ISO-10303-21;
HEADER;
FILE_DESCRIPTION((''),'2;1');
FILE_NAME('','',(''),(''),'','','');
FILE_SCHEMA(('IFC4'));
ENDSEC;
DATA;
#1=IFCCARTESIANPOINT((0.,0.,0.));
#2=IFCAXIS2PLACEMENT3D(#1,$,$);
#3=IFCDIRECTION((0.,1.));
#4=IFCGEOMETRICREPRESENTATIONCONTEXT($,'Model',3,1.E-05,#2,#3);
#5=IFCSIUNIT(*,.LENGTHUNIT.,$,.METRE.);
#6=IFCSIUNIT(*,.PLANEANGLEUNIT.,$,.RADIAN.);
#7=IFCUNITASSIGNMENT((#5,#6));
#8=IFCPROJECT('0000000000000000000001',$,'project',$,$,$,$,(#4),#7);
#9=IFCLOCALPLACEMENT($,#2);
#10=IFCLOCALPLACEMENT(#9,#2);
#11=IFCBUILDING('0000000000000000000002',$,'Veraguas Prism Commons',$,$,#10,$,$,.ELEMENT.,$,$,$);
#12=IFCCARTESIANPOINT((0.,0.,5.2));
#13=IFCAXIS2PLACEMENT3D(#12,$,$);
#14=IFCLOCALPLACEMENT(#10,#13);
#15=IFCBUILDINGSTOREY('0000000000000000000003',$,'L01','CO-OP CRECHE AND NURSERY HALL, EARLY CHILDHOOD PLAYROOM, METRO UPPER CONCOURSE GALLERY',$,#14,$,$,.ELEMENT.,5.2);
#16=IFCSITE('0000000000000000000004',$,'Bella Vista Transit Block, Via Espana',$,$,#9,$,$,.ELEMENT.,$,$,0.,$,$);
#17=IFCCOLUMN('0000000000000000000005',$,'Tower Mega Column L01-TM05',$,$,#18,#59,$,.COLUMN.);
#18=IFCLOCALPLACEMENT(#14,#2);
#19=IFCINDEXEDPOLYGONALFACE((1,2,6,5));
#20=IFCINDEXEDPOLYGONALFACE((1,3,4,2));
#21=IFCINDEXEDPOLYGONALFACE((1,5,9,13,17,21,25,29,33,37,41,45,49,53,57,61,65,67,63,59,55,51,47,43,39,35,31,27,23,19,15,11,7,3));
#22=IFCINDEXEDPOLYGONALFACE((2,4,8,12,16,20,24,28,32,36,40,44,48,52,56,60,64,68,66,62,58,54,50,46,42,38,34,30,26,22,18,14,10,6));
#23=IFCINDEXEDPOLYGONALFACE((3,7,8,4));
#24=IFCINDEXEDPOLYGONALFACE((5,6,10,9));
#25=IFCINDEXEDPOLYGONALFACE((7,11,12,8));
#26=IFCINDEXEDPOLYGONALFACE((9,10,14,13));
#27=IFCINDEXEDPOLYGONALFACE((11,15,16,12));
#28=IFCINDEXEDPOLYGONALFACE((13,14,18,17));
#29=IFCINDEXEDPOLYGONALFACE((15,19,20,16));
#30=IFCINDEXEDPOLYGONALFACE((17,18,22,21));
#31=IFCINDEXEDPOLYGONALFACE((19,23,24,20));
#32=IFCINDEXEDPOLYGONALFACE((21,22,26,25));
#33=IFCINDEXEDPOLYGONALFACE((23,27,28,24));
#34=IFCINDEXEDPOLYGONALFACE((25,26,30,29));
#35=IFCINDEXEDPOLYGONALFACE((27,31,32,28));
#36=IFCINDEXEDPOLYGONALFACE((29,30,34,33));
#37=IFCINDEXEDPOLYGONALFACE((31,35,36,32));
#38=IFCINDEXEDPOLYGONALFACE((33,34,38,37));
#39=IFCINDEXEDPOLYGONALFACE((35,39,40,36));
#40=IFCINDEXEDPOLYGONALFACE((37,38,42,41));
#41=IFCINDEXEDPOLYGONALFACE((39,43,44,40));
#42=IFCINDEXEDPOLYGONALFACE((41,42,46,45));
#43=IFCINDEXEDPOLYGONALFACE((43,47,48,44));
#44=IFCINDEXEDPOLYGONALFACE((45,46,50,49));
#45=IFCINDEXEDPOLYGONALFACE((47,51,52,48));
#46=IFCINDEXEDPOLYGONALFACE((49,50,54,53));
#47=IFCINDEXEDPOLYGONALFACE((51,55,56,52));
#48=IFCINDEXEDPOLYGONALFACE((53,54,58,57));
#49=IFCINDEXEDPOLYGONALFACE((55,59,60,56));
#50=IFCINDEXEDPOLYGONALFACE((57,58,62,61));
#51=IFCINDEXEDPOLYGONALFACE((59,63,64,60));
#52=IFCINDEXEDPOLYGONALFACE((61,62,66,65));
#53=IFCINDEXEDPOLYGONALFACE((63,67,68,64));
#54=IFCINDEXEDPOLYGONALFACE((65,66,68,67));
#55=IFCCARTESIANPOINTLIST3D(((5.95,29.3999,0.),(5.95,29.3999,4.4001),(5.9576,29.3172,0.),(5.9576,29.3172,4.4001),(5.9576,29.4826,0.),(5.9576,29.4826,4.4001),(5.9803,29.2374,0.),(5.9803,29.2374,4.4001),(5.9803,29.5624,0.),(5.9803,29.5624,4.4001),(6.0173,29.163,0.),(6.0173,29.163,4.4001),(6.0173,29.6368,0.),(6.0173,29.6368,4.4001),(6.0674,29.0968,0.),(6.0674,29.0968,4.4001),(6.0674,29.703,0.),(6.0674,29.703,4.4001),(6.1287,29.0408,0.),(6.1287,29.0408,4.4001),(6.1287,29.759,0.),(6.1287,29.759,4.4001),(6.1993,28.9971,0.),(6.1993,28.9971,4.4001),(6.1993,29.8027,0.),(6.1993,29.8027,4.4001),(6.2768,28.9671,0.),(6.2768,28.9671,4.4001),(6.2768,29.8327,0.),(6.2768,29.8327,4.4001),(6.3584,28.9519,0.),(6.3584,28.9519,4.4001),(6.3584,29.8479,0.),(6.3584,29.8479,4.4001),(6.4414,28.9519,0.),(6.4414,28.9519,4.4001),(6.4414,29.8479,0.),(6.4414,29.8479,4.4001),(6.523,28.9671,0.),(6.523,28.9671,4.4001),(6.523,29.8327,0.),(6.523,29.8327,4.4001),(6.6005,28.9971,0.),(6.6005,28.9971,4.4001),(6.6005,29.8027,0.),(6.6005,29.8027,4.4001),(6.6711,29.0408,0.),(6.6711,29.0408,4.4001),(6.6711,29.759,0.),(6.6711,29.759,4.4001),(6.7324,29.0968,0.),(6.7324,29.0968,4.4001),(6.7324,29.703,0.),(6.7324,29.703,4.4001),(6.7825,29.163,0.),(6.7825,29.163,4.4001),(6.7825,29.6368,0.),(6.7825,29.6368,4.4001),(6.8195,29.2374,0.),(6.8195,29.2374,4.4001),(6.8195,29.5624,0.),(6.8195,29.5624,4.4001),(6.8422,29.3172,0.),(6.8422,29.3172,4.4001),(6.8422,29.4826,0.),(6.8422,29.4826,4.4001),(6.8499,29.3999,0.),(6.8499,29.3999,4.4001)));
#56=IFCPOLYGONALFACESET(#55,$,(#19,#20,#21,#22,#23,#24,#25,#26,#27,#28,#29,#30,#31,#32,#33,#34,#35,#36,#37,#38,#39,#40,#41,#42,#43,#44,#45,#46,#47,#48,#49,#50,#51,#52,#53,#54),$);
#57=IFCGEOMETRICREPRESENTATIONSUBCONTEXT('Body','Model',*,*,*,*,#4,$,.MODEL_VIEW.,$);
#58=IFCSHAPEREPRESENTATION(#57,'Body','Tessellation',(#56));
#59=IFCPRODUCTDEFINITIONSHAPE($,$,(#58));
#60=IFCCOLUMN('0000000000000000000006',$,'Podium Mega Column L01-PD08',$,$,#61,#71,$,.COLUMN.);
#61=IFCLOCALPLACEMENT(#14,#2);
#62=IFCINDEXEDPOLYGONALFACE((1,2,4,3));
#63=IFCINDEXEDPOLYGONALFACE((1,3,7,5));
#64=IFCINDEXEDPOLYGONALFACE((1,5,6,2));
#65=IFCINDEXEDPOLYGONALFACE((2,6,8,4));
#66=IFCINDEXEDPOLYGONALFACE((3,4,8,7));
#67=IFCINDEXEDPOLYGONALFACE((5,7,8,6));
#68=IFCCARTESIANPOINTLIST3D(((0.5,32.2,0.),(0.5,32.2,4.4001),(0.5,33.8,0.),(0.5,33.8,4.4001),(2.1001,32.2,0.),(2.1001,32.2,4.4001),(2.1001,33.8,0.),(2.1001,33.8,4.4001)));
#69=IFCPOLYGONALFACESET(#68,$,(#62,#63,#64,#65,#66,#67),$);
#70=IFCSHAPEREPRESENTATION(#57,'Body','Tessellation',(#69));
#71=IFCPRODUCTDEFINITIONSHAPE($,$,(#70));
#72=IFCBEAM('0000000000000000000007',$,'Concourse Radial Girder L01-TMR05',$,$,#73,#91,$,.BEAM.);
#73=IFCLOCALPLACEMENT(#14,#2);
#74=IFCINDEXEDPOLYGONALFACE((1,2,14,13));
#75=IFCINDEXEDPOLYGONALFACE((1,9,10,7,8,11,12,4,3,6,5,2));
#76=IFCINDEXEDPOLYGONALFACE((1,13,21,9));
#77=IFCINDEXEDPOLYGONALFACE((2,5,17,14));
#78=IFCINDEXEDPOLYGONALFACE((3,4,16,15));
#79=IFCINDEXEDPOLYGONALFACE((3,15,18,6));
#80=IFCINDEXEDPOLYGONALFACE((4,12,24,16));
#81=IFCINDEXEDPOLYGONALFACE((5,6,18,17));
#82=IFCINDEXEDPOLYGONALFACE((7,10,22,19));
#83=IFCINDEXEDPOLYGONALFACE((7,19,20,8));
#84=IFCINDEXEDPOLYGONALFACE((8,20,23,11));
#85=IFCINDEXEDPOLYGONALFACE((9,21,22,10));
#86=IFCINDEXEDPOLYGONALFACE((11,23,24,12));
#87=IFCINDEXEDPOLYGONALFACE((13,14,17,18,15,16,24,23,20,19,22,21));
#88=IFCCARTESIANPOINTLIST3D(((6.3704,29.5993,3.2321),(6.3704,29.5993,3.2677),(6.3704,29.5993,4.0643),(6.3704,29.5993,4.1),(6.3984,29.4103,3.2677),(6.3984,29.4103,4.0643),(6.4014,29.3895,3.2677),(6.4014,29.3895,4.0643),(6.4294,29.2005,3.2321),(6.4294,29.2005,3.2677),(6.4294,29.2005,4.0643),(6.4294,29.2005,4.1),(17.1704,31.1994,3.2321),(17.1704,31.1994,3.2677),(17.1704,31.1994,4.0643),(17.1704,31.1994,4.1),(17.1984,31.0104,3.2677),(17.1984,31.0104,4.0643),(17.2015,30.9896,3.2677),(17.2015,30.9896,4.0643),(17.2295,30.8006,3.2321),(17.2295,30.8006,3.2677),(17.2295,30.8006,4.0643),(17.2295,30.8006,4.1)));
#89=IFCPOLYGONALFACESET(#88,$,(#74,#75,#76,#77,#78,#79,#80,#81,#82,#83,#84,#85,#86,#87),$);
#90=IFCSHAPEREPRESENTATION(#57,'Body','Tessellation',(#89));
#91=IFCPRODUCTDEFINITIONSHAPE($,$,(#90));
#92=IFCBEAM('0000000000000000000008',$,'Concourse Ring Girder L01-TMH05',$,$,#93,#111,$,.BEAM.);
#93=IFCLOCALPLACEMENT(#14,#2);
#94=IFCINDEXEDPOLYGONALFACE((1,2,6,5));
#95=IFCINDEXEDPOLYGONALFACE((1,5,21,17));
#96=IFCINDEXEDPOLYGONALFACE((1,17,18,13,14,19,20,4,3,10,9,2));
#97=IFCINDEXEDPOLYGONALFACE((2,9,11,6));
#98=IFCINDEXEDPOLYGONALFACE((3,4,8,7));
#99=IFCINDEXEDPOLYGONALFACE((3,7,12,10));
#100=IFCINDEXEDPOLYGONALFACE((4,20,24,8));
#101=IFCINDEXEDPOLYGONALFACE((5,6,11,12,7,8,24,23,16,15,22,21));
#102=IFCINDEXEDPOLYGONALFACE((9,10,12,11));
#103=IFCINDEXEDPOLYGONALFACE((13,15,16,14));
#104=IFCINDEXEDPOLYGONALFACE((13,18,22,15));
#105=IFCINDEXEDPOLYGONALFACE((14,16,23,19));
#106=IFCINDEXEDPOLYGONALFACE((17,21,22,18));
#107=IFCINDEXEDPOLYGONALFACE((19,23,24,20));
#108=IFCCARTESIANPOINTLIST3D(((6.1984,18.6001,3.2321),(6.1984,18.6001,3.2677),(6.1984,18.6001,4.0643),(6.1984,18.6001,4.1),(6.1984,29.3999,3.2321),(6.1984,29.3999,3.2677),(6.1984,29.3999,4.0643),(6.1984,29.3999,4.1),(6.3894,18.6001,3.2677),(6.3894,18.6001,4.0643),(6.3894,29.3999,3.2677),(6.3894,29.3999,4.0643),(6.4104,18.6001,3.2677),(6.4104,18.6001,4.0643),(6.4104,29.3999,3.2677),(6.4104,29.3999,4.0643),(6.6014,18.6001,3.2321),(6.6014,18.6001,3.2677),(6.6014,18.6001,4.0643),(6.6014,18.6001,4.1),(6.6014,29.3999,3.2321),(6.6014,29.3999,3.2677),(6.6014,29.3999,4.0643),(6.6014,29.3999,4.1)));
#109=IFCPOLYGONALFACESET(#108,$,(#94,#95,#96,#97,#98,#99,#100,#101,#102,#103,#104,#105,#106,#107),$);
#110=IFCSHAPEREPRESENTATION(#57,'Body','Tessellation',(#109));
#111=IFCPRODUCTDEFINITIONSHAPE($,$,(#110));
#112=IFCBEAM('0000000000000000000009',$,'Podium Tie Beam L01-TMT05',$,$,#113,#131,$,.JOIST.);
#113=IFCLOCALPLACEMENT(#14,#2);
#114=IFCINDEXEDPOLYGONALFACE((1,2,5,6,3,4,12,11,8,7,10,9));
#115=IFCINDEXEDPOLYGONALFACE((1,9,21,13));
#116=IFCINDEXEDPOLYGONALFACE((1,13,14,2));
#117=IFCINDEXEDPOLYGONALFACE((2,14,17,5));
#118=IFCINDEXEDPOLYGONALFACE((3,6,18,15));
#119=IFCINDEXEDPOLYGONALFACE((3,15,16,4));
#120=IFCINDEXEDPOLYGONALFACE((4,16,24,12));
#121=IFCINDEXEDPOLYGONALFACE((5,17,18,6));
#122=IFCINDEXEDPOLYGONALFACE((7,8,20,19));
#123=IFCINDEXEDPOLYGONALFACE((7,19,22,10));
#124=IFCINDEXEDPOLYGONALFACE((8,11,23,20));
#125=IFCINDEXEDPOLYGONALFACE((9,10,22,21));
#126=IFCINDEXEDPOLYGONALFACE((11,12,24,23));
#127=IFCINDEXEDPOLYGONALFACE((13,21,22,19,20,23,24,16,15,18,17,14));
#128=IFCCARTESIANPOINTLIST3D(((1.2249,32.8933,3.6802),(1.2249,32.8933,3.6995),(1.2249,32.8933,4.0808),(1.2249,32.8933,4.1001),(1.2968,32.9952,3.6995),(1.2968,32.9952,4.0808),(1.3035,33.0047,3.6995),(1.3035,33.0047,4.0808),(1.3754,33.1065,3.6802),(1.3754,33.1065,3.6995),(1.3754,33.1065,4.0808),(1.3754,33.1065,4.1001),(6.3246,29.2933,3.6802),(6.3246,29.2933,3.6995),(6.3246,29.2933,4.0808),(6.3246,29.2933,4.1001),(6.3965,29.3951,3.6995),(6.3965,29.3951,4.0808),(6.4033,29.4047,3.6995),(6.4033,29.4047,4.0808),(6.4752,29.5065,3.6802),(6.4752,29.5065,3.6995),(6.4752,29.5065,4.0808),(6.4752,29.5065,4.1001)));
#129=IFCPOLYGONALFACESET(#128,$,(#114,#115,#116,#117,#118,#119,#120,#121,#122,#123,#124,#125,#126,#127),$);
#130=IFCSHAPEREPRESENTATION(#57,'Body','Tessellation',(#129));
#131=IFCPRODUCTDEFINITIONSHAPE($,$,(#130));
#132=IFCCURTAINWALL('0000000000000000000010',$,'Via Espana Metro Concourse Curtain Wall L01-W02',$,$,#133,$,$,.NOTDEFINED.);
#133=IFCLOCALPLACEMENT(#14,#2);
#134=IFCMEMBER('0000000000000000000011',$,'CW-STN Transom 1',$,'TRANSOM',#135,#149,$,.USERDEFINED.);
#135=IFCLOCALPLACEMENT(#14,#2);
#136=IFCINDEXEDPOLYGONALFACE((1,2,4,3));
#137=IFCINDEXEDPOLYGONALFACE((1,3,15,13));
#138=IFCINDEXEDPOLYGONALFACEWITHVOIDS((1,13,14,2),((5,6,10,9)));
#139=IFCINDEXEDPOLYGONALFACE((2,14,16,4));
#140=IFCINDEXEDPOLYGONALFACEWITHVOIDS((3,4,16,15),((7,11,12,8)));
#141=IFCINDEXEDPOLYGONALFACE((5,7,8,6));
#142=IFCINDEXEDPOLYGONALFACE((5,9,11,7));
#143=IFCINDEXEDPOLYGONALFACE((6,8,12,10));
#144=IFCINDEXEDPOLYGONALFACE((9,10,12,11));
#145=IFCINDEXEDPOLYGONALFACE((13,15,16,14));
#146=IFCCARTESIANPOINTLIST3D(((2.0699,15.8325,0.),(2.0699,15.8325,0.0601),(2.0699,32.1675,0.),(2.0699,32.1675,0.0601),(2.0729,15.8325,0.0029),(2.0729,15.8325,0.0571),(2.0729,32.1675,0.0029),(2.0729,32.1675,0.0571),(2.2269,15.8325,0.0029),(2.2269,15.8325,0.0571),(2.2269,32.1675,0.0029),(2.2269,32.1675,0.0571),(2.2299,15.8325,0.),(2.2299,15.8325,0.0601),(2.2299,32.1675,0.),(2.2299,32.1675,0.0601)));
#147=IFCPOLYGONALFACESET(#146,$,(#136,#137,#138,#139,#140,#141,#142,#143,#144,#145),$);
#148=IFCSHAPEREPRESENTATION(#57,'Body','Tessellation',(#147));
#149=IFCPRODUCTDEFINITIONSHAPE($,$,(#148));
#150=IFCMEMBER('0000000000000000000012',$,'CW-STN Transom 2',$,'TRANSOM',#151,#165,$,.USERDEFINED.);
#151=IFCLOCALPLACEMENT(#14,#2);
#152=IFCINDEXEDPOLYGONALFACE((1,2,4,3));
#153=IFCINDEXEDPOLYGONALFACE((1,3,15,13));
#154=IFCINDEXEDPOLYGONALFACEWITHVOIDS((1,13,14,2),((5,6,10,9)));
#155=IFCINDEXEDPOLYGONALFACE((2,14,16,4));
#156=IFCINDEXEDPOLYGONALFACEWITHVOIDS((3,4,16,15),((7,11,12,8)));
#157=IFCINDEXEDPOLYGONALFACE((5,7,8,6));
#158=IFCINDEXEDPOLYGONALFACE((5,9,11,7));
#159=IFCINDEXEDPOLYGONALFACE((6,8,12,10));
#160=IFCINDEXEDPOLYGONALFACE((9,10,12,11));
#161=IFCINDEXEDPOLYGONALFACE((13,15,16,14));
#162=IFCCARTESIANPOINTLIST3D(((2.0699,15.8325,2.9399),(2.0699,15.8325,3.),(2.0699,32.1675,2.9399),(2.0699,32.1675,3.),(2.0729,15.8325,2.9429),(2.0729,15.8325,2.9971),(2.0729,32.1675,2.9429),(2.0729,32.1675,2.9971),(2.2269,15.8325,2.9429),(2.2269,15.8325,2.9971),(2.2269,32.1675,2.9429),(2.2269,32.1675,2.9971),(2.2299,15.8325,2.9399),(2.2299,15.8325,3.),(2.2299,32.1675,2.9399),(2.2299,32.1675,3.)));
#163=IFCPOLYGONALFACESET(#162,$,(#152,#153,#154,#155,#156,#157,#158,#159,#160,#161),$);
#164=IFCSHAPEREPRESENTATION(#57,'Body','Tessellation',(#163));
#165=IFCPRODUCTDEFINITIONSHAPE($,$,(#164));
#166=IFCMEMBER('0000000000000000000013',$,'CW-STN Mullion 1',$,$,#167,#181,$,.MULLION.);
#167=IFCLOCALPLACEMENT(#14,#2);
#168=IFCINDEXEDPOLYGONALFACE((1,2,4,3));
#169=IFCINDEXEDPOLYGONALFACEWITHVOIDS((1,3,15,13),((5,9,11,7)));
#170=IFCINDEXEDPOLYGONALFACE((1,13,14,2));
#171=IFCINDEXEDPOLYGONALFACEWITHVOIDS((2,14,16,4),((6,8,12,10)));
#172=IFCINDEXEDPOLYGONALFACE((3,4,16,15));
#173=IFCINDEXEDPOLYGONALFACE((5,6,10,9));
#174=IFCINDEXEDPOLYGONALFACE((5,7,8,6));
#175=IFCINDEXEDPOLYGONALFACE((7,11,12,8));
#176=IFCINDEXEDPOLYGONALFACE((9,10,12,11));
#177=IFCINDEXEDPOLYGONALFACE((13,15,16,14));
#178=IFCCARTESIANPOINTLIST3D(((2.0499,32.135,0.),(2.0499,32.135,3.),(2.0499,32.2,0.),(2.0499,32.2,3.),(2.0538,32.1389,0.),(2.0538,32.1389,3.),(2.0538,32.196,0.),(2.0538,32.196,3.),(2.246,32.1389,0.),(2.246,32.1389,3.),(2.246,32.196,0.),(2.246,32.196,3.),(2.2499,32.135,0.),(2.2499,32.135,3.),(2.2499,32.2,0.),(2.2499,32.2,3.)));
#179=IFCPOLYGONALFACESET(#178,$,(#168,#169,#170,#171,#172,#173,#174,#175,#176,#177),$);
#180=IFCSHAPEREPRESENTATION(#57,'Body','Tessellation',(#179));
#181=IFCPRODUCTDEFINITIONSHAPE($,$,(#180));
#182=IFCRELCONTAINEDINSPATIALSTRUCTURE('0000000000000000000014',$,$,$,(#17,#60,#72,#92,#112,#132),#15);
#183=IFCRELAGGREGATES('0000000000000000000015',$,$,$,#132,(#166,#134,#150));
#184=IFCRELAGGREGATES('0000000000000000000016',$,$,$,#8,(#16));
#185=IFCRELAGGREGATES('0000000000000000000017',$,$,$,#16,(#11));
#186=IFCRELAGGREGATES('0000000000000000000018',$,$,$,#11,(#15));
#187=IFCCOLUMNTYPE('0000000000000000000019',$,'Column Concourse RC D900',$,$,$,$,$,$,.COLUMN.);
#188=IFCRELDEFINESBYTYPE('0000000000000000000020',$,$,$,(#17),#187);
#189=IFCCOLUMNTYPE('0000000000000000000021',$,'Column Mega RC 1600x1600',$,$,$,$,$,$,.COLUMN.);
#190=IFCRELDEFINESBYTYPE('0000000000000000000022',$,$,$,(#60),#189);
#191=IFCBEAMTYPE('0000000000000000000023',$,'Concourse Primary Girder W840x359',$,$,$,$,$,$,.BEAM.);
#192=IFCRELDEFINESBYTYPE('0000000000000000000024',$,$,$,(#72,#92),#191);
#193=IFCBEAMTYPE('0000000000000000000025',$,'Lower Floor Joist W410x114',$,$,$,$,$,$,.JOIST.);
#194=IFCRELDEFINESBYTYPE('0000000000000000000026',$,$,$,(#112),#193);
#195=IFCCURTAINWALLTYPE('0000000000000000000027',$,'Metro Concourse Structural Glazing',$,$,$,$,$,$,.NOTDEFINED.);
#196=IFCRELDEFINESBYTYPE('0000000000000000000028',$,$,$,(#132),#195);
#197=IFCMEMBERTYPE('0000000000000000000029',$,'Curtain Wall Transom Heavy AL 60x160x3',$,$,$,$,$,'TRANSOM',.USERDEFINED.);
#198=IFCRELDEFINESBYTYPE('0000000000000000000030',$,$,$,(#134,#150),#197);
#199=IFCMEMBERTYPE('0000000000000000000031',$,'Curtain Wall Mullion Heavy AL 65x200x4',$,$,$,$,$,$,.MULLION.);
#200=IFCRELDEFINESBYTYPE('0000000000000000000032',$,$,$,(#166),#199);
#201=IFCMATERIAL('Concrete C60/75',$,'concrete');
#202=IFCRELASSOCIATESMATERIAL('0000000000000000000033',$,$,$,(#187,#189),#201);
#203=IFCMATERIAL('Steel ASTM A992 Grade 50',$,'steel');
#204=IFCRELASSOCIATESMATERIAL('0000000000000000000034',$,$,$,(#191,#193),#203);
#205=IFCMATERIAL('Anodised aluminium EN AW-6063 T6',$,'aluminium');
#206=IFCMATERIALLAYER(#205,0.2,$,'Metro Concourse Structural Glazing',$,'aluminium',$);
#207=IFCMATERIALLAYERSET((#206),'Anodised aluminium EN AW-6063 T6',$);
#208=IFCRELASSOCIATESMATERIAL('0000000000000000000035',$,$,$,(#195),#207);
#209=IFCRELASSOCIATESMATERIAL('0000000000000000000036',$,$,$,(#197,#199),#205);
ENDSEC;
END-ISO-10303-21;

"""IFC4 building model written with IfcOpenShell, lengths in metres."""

from ifc_helpers import new_model, si_unit, direction, frame, origin, origin_2d, place, context, subcontext, project, spatial, rectangle, hollow_rectangle, circle, i_section, extrude, source, transform, mapped, material, layer, layer_set, material_profile, profile_set, type_object, element, aggregate, save


model = new_model("IFC4")

# Units and contexts
model_context = context("Model", 3, precision=1e-05, world=origin(), true_north=direction((0.0, 1.0)))
body_context = subcontext(model_context, "Body", "Model", "MODEL_VIEW")
ifc_project = project(units=[si_unit("LENGTHUNIT", "METRE"), si_unit("PLANEANGLEUNIT", "RADIAN")], contexts=[model_context])

# Site, building, storey
site_placement = place(None, origin())
site = spatial("IfcSite", under=ifc_project, at=site_placement, Name="Bella Vista Transit Block, Via Espana", CompositionType="ELEMENT", RefElevation=0.0)
building_placement = place(site_placement, origin())
building = spatial("IfcBuilding", under=site, at=building_placement, Name="Veraguas Prism Commons", CompositionType="ELEMENT")
storey_placement = place(building_placement, frame((0.0, 0.0, 5.2)))
storey = spatial("IfcBuildingStorey", under=building, at=storey_placement, Name="L01", Description="CO-OP CRECHE AND NURSERY HALL, EARLY CHILDHOOD PLAYROOM, METRO UPPER CONCOURSE GALLERY", CompositionType="ELEMENT", Elevation=5.2)

# Columns
ifc_material_1 = material(Name="Concrete C60/75", Category="concrete")
ifc_material_profile_1 = material_profile(ifc_material_1, circle(Radius=0.45, at=origin_2d()), Name="RC900DIA")
ifc_profile_set_1 = profile_set([ifc_material_profile_1], Name="Concrete C60/75")
column_type_1 = type_object("IfcColumnType", Name="Column Concourse RC D900", PredefinedType="COLUMN", material=ifc_profile_set_1)
column_1_placement = place(storey_placement, frame((6.3999, 29.3999, 0.0), z_axis=(0.0, 0.0, 1.0), x_axis=(1.0, 0.0, 0.0)))
element("IfcColumn", 1, at=column_1_placement, inside=storey, type_object=column_type_1, Name="Tower Mega Column L01-TM05", PredefinedType="COLUMN", context=body_context, shape_type="SweptSolid", body=[
    extrude(circle(Radius=0.45, at=origin_2d()), origin(), (0.0, 0.0, 1.0), 4.4001),
])
ifc_material_profile_2 = material_profile(ifc_material_1, rectangle(XDim=1.6001, YDim=1.6001, at=origin_2d()), Name="RC1600X1600")
ifc_profile_set_2 = profile_set([ifc_material_profile_2], Name="Concrete C60/75")
column_type_2 = type_object("IfcColumnType", Name="Column Mega RC 1600x1600", PredefinedType="COLUMN", material=ifc_profile_set_2)
column_2_placement = place(storey_placement, frame((1.3, 33.0, 0.0), z_axis=(0.0, 0.0, 1.0), x_axis=(1.0, 0.0, 0.0)))
element("IfcColumn", 2, at=column_2_placement, inside=storey, type_object=column_type_2, Name="Podium Mega Column L01-PD08", PredefinedType="COLUMN", context=body_context, shape_type="SweptSolid", body=[
    extrude(rectangle(XDim=1.6001, YDim=1.6001, at=origin_2d()), origin(), (0.0, 0.0, 1.0), 4.4001),
])

# Beams
ifc_material_2 = material(Name="Steel ASTM A992 Grade 50", Category="steel")
ifc_material_profile_3 = material_profile(ifc_material_2, i_section(OverallWidth=0.4031, OverallDepth=0.8679, WebThickness=0.021, FlangeThickness=0.0356, at=origin_2d()), Name="W840X359")
ifc_profile_set_3 = profile_set([ifc_material_profile_3], Name="Steel ASTM A992 Grade 50")
beam_type_1 = type_object("IfcBeamType", Name="Concourse Primary Girder W840x359", PredefinedType="BEAM", material=ifc_profile_set_3)
beam_1_placement = place(storey_placement, frame((6.3999, 29.3999, 3.666), z_axis=(0.989202, 0.146557, 0.0), x_axis=(-0.146557, 0.989202, 0.0)))
element("IfcBeam", 3, at=beam_1_placement, inside=storey, type_object=beam_type_1, Name="Concourse Radial Girder L01-TMR05", PredefinedType="BEAM", context=body_context, shape_type="SweptSolid", body=[
    extrude(i_section(OverallWidth=0.4031, OverallDepth=0.8679, WebThickness=0.021, FlangeThickness=0.0356, at=origin_2d()), origin(), (0.0, 0.0, 1.0), 10.918),
])
beam_2_placement = place(storey_placement, frame((6.3999, 29.3999, 3.666), z_axis=(0.0, -1.0, 0.0), x_axis=(1.0, 0.0, 0.0)))
element("IfcBeam", 4, at=beam_2_placement, inside=storey, type_object=beam_type_1, Name="Concourse Ring Girder L01-TMH05", PredefinedType="BEAM", context=body_context, shape_type="SweptSolid", body=[
    extrude(i_section(OverallWidth=0.4031, OverallDepth=0.8679, WebThickness=0.021, FlangeThickness=0.0356, at=origin_2d()), origin(), (0.0, 0.0, 1.0), 10.7998),
])
ifc_material_profile_4 = material_profile(ifc_material_2, i_section(OverallWidth=0.261, OverallDepth=0.4199, WebThickness=0.0117, FlangeThickness=0.0193, at=origin_2d()), Name="W410X114")
ifc_profile_set_4 = profile_set([ifc_material_profile_4], Name="Steel ASTM A992 Grade 50")
beam_type_2 = type_object("IfcBeamType", Name="Lower Floor Joist W410x114", PredefinedType="JOIST", material=ifc_profile_set_4)
beam_3_placement = place(storey_placement, frame((6.3999, 29.3999, 3.8901), z_axis=(-0.816953, 0.576705, 0.0), x_axis=(-0.576705, -0.816953, 0.0)))
element("IfcBeam", 5, at=beam_3_placement, inside=storey, type_object=beam_type_2, Name="Podium Tie Beam L01-TMT05", PredefinedType="JOIST", context=body_context, shape_type="SweptSolid", body=[
    extrude(i_section(OverallWidth=0.261, OverallDepth=0.4199, WebThickness=0.0117, FlangeThickness=0.0193, at=origin_2d()), origin(), (0.0, 0.0, 1.0), 6.2424),
])

# Curtain wall, members
ifc_material_3 = material(Name="Anodised aluminium EN AW-6063 T6", Category="aluminium")
ifc_layer_1 = layer(ifc_material_3, 0.2, Name="Metro Concourse Structural Glazing", Category="aluminium")
ifc_layer_set_1 = layer_set([ifc_layer_1], Name="Anodised aluminium EN AW-6063 T6")
curtain_wall_type = type_object("IfcCurtainWallType", Name="Metro Concourse Structural Glazing", PredefinedType="NOTDEFINED", material=ifc_layer_set_1)
curtain_wall_placement = place(storey_placement, origin())
curtain_wall = element("IfcCurtainWall", 6, at=curtain_wall_placement, inside=storey, type_object=curtain_wall_type, Name="Via Espana Metro Concourse Curtain Wall L01-W02", PredefinedType="NOTDEFINED")
ifc_material_profile_5 = material_profile(ifc_material_3, hollow_rectangle(XDim=0.0601, YDim=0.1599, WallThickness=0.0029, at=origin_2d()), Name="AL60X160X3")
ifc_profile_set_5 = profile_set([ifc_material_profile_5], Name="Anodised aluminium EN AW-6063 T6")
member_type_1 = type_object("IfcMemberType", Name="Curtain Wall Transom Heavy AL 60x160x3", ElementType="TRANSOM", PredefinedType="USERDEFINED", material=ifc_profile_set_5)
shared_shape_1 = source(origin(), body_context, "Body", "SweptSolid", [
    extrude(hollow_rectangle(XDim=0.0601, YDim=0.1599, WallThickness=0.0029, at=origin_2d()), origin(), (0.0, 0.0, 1.0), 16.335),
])
member_1_placement = place(storey_placement, frame((2.1499, 32.1675, 0.03), z_axis=(0.0, -1.0, 0.0), x_axis=(0.0, 0.0, 1.0)))
member_1 = element("IfcMember", 7, at=member_1_placement, type_object=member_type_1, Name="CW-STN Transom 1", ObjectType="TRANSOM", PredefinedType="USERDEFINED", context=body_context, shape_type="MappedRepresentation", body=[
    mapped(shared_shape_1, transform((0.0, 0.0, 0.0), scale=1.0)),
])
member_2_placement = place(storey_placement, frame((2.1499, 32.1675, 2.97), z_axis=(0.0, -1.0, 0.0), x_axis=(0.0, 0.0, 1.0)))
member_2 = element("IfcMember", 8, at=member_2_placement, type_object=member_type_1, Name="CW-STN Transom 2", ObjectType="TRANSOM", PredefinedType="USERDEFINED", context=body_context, shape_type="MappedRepresentation", body=[
    mapped(shared_shape_1, transform((0.0, 0.0, 0.0), scale=1.0)),
])
ifc_material_profile_6 = material_profile(ifc_material_3, hollow_rectangle(XDim=0.0649, YDim=0.2, WallThickness=0.0039, at=origin_2d()), Name="AL65X200X4")
ifc_profile_set_6 = profile_set([ifc_material_profile_6], Name="Anodised aluminium EN AW-6063 T6")
member_type_2 = type_object("IfcMemberType", Name="Curtain Wall Mullion Heavy AL 65x200x4", PredefinedType="MULLION", material=ifc_profile_set_6)
shared_shape_2 = source(origin(), body_context, "Body", "SweptSolid", [
    extrude(hollow_rectangle(XDim=0.0649, YDim=0.2, WallThickness=0.0039, at=origin_2d()), origin(), (0.0, 0.0, 1.0), 3.0),
])
member_3_placement = place(storey_placement, frame((2.1499, 32.1675, 0.0), z_axis=(0.0, 0.0, 1.0), x_axis=(0.0, -1.0, 0.0)))
member_3 = element("IfcMember", 9, at=member_3_placement, type_object=member_type_2, Name="CW-STN Mullion 1", PredefinedType="MULLION", context=body_context, shape_type="MappedRepresentation", body=[
    mapped(shared_shape_2, transform((0.0, 0.0, 0.0), scale=1.0)),
])
aggregate(curtain_wall, [member_3, member_1, member_2])

save(model, "model.ifc")
